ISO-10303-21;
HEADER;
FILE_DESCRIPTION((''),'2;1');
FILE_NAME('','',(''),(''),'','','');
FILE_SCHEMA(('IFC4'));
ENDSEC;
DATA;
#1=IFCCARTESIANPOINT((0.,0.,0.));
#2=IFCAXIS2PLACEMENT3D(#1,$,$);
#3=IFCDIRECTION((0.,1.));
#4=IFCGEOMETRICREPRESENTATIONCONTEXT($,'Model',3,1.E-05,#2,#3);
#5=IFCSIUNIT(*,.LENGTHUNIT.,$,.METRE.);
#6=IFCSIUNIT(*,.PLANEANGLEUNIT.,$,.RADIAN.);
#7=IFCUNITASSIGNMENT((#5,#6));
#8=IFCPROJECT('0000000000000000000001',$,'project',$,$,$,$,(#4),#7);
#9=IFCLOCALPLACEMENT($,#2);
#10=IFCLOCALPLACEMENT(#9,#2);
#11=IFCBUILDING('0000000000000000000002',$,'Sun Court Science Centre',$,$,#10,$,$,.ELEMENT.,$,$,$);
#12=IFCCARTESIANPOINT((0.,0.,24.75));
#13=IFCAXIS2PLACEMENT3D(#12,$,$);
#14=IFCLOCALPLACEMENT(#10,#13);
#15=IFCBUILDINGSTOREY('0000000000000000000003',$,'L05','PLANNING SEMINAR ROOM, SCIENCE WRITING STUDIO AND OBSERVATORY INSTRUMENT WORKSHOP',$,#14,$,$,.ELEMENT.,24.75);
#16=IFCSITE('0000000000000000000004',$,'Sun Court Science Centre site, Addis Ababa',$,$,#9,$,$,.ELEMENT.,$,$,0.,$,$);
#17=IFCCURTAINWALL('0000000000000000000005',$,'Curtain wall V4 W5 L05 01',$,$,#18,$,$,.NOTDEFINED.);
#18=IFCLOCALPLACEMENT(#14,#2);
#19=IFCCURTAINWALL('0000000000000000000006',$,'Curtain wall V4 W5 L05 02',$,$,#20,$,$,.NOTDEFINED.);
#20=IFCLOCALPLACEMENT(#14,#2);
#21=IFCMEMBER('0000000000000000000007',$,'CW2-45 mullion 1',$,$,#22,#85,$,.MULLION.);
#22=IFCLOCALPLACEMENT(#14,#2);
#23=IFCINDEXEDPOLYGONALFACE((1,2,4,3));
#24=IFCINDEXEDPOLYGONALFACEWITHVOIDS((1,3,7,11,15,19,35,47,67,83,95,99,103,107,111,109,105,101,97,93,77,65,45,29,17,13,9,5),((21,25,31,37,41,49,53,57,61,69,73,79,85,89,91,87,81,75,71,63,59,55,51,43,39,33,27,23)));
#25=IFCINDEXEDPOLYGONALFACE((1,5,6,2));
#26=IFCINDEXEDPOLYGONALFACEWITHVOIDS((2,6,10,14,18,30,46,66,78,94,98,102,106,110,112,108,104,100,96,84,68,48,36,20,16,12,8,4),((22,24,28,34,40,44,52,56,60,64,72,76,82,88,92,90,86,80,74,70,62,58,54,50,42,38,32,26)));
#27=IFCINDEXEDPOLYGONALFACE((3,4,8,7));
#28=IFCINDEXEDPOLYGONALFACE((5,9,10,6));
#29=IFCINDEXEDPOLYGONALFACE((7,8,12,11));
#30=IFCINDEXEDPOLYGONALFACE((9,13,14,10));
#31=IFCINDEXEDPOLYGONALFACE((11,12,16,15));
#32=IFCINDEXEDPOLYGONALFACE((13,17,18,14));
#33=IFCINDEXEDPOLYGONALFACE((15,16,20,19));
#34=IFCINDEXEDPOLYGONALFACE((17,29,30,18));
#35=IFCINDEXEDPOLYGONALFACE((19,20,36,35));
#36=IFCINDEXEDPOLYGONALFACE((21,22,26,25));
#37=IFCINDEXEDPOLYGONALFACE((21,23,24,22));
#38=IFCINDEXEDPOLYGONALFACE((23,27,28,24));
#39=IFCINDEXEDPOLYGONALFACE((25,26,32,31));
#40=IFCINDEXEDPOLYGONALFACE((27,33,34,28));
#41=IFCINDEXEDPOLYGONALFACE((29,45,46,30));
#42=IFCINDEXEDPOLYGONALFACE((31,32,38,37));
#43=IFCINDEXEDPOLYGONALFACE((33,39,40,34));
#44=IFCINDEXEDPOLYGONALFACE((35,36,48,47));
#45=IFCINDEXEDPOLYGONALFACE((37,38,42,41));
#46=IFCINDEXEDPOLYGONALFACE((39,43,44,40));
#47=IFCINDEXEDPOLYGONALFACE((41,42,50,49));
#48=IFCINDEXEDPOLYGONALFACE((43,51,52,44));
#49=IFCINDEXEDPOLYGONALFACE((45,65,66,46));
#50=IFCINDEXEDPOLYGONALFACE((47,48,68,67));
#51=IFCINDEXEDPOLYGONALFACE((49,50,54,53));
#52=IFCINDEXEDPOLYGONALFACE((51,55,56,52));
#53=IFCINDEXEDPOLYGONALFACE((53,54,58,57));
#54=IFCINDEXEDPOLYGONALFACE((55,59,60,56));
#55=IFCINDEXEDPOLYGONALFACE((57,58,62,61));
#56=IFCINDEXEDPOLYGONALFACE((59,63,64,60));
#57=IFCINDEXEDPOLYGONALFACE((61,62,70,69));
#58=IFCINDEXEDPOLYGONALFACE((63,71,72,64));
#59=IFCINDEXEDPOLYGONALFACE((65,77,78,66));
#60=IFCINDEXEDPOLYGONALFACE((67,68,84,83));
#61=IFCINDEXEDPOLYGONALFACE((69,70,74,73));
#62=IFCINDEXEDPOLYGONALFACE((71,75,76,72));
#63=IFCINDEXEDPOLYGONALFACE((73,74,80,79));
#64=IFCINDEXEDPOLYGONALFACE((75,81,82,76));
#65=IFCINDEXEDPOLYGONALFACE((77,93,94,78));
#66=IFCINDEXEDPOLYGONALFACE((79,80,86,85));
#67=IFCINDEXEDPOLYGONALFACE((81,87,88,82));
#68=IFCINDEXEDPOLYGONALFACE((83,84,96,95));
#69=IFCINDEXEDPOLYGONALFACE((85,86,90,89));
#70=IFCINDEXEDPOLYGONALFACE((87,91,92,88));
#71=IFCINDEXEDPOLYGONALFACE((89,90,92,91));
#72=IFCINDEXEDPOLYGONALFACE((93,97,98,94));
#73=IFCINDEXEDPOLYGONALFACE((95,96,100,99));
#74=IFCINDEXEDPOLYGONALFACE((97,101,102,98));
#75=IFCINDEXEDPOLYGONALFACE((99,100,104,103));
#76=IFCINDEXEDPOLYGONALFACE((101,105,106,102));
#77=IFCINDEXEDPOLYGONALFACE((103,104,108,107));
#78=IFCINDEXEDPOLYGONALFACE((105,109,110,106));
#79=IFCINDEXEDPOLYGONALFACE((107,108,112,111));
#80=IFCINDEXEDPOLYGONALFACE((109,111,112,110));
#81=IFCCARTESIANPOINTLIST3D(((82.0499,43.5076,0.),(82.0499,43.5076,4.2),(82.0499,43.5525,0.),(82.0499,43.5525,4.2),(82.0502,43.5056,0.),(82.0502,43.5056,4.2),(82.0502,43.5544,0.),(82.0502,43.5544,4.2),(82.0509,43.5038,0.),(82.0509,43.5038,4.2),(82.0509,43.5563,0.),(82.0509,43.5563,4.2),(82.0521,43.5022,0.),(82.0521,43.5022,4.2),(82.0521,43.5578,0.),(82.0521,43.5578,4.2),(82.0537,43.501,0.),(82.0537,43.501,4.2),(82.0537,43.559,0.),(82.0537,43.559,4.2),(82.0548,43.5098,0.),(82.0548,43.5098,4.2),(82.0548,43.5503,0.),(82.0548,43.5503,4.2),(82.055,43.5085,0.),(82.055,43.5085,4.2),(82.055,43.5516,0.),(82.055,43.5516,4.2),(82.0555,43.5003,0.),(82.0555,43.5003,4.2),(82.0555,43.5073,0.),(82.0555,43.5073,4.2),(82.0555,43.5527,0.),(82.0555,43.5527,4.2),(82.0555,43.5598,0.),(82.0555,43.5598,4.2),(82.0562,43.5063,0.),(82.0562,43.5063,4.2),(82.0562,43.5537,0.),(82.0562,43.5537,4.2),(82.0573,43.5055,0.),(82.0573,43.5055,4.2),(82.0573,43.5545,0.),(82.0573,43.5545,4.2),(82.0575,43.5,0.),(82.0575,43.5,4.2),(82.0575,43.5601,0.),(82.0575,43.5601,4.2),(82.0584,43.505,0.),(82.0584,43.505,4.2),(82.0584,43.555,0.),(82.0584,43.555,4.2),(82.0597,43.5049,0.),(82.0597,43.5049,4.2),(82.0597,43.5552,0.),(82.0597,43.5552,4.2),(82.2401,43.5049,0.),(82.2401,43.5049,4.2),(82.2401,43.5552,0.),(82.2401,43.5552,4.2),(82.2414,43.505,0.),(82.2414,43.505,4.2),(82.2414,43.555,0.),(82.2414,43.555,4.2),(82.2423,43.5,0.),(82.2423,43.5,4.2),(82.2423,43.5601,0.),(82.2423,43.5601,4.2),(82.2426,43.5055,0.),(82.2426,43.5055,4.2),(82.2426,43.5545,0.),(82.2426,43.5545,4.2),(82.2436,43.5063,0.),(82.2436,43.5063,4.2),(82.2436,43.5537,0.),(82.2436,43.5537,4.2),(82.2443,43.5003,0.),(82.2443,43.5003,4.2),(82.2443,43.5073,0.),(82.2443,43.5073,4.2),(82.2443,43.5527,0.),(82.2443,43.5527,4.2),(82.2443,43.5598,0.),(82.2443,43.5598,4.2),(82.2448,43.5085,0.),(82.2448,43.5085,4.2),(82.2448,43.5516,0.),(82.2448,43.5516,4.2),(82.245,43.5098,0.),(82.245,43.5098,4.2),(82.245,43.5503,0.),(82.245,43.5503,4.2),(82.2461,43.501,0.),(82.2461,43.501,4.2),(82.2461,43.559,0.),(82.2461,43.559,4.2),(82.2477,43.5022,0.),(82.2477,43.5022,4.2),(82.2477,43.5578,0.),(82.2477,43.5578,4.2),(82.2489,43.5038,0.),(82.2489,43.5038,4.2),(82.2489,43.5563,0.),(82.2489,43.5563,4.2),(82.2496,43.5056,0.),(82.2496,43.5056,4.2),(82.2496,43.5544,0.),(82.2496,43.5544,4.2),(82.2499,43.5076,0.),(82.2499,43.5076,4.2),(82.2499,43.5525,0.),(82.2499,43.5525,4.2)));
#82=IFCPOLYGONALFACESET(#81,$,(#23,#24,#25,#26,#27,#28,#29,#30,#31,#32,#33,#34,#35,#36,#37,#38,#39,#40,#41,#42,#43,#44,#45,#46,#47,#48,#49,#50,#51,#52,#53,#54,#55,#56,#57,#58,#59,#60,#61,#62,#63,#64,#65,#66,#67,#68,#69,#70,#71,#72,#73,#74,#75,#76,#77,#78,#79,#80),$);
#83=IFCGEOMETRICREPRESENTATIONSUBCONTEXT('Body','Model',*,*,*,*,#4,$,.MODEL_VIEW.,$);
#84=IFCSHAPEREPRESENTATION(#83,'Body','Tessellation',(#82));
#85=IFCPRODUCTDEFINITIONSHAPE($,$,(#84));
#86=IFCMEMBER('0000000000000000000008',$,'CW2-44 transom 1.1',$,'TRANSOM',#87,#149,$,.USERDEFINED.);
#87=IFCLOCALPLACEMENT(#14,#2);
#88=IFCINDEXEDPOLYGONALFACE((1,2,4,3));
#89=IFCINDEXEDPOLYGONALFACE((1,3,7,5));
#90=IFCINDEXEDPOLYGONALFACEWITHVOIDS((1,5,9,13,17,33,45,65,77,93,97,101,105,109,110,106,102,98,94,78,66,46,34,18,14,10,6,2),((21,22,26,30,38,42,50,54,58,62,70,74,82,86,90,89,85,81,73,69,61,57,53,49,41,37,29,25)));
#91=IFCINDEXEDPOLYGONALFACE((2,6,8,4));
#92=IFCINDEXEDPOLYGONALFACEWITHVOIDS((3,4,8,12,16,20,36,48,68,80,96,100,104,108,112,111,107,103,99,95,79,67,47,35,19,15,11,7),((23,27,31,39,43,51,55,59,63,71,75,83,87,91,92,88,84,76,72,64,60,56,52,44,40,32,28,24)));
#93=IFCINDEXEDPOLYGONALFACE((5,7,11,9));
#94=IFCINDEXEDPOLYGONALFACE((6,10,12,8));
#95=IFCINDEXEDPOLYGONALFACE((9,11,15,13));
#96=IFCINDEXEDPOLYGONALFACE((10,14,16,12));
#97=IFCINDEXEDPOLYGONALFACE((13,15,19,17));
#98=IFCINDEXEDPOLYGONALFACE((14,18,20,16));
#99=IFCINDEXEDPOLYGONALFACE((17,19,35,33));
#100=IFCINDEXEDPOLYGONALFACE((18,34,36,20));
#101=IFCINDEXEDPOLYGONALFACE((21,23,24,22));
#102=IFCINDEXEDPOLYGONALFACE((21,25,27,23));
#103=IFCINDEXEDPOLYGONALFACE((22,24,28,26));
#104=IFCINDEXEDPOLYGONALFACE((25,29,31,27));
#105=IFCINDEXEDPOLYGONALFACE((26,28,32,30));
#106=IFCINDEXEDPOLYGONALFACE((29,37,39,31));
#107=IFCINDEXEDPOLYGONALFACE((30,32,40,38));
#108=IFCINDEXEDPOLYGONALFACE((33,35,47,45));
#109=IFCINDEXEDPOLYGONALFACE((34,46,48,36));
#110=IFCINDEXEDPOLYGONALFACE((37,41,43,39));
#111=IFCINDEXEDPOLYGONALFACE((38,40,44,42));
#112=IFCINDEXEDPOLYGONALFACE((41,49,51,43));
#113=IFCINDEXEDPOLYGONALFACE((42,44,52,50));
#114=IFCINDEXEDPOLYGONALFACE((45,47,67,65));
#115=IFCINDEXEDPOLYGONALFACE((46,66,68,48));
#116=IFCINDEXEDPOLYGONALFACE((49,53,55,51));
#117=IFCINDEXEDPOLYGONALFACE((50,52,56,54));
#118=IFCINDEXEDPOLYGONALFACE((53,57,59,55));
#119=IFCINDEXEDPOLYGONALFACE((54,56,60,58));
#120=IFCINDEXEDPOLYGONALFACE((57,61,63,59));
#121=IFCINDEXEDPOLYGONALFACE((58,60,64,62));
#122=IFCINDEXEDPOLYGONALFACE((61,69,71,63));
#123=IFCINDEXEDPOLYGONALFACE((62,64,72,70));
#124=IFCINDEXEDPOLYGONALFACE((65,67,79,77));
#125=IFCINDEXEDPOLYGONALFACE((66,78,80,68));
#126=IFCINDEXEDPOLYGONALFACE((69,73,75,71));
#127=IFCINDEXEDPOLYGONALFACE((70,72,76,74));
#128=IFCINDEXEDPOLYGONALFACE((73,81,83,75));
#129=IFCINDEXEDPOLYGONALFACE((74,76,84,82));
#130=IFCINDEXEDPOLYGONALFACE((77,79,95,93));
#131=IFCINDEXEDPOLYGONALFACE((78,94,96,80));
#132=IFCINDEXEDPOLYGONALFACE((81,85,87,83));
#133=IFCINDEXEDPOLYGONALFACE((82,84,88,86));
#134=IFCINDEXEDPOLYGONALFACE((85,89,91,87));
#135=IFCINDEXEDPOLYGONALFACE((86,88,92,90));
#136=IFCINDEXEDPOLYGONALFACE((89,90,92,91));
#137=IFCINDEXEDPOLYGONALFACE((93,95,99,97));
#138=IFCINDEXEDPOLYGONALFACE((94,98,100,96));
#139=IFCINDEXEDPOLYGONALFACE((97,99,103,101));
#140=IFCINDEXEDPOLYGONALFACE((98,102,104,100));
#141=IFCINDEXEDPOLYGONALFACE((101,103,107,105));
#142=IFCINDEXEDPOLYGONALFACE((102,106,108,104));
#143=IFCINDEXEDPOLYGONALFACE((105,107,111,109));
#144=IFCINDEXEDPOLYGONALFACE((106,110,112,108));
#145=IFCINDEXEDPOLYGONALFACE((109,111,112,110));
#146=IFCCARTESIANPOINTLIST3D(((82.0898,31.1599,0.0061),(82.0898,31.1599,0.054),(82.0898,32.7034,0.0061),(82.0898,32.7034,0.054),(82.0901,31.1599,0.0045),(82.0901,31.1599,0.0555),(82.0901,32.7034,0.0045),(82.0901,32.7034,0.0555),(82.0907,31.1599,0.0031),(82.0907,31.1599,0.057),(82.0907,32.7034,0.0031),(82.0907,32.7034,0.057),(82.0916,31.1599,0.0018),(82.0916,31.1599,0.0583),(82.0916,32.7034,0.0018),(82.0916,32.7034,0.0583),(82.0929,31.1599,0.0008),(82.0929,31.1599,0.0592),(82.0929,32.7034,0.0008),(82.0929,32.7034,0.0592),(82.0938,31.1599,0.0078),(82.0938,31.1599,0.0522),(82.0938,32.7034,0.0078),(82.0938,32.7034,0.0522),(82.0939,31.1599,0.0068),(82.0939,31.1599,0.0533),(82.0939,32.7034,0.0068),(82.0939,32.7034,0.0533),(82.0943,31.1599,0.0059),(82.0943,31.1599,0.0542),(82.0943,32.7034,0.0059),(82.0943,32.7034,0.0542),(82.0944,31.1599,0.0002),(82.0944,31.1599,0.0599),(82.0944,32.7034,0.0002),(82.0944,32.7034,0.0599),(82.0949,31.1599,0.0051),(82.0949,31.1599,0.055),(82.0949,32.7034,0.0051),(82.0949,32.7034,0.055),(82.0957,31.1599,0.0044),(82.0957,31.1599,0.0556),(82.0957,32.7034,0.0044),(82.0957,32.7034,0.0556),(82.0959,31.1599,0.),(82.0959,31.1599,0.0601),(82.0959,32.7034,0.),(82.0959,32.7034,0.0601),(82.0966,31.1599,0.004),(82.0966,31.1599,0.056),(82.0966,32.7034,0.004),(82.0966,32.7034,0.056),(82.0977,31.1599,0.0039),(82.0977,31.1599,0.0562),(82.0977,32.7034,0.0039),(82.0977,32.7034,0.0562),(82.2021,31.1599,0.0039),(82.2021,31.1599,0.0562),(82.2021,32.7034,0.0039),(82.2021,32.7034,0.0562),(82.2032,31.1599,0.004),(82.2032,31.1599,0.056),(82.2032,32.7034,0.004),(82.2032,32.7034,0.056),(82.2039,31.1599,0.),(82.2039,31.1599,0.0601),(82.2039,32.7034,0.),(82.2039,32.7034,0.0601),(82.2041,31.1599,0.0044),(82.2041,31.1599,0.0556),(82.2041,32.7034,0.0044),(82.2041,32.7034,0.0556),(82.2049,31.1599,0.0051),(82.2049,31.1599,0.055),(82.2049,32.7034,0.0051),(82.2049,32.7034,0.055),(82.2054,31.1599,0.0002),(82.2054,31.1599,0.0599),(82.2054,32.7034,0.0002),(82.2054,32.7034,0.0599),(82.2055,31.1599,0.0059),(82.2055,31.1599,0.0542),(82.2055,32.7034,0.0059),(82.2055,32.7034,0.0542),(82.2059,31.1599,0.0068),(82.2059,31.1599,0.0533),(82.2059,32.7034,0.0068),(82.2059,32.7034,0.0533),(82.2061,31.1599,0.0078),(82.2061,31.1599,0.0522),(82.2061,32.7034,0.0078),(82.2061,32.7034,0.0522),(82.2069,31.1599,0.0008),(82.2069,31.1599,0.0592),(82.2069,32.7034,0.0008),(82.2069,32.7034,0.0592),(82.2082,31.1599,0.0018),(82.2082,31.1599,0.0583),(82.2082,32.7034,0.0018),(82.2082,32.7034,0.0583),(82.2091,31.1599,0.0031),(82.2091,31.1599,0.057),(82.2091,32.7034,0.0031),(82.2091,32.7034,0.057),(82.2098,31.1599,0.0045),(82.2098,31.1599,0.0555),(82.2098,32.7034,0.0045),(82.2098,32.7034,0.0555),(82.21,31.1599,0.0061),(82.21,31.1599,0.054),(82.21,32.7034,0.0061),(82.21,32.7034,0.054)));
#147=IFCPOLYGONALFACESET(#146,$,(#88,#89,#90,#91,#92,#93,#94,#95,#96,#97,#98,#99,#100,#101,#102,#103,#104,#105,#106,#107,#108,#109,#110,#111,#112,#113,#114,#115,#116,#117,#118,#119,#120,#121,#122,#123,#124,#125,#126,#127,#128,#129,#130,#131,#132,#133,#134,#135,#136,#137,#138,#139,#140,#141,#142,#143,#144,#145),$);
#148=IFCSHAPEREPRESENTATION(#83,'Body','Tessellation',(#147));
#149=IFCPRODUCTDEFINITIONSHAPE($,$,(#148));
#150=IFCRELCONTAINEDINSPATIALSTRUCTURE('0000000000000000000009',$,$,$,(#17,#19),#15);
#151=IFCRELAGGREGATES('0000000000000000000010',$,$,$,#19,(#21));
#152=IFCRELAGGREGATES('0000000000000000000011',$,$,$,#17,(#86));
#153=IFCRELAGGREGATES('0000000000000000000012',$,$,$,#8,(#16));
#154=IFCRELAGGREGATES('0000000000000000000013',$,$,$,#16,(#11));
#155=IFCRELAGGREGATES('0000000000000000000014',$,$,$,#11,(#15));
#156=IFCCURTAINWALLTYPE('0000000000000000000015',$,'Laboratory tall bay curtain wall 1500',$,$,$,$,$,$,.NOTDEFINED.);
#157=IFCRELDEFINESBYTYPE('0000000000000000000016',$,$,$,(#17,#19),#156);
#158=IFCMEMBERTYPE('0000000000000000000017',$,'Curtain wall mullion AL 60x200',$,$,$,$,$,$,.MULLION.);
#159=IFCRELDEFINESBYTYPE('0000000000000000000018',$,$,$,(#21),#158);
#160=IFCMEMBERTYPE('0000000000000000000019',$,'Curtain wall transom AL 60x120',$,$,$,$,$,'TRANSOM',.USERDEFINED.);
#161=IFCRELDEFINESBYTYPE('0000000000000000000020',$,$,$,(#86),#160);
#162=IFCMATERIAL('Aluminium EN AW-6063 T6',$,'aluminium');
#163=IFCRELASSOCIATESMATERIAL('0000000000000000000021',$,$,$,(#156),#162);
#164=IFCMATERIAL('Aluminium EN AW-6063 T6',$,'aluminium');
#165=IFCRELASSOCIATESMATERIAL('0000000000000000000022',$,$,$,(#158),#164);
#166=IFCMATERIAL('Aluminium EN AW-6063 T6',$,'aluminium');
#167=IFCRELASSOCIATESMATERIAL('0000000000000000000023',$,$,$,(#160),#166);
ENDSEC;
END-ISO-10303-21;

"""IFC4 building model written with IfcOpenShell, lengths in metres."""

from ifc_helpers import new_model, si_unit, direction, frame, origin, origin_2d, place, context, subcontext, project, spatial, hollow_rectangle, extrude, material, material_profile, profile_set, type_object, element, aggregate, save


model = new_model("IFC4")

# Units and contexts
model_context = context("Model", 3, precision=1e-05, world=origin(), true_north=direction((0.0, 1.0)))
body_context = subcontext(model_context, "Body", "Model", "MODEL_VIEW")
ifc_project = project(units=[si_unit("LENGTHUNIT", "METRE"), si_unit("PLANEANGLEUNIT", "RADIAN")], contexts=[model_context])

# Site, building, storey
site_placement = place(None, origin())
site = spatial("IfcSite", under=ifc_project, at=site_placement, Name="Sun Court Science Centre site, Addis Ababa", CompositionType="ELEMENT", RefElevation=0.0)
building_placement = place(site_placement, origin())
building = spatial("IfcBuilding", under=site, at=building_placement, Name="Sun Court Science Centre", CompositionType="ELEMENT")
storey_placement = place(building_placement, frame((0.0, 0.0, 24.75)))
storey = spatial("IfcBuildingStorey", under=building, at=storey_placement, Name="L05", Description="PLANNING SEMINAR ROOM, SCIENCE WRITING STUDIO AND OBSERVATORY INSTRUMENT WORKSHOP", CompositionType="ELEMENT", Elevation=24.75)

# Curtain wall
ifc_material_1 = material(Name="Aluminium EN AW-6063 T6", Category="aluminium")
curtain_wall_type = type_object("IfcCurtainWallType", Name="Laboratory tall bay curtain wall 1500", PredefinedType="NOTDEFINED", material=ifc_material_1)
curtain_wall_1_placement = place(storey_placement, origin())
curtain_wall_1 = element("IfcCurtainWall", 1, at=curtain_wall_1_placement, inside=storey, type_object=curtain_wall_type, Name="Curtain wall V4 W5 L05 01", PredefinedType="NOTDEFINED")
ifc_material_2 = material(Name="Aluminium EN AW-6063 T6", Category="aluminium")
ifc_material_profile_1 = material_profile(ifc_material_2, hollow_rectangle(XDim=0.0601, YDim=0.2, WallThickness=0.0049, InnerFilletRadius=0.0049, OuterFilletRadius=0.0076, at=origin_2d()), Name="AL 60x200x5")
ifc_profile_set_1 = profile_set([ifc_material_profile_1], Name="Aluminium EN AW-6063 T6")
member_type_1 = type_object("IfcMemberType", Name="Curtain wall mullion AL 60x200", PredefinedType="MULLION", material=ifc_profile_set_1)

# Curtain wall, member
curtain_wall_2_placement = place(storey_placement, origin())
curtain_wall_2 = element("IfcCurtainWall", 2, at=curtain_wall_2_placement, inside=storey, type_object=curtain_wall_type, Name="Curtain wall V4 W5 L05 02", PredefinedType="NOTDEFINED")
member_1_placement = place(storey_placement, frame((82.1499, 43.53, 0.0), z_axis=(0.0, 0.0, 1.0), x_axis=(0.0, 1.0, 0.0)))
member_1 = element("IfcMember", 3, at=member_1_placement, type_object=member_type_1, Name="CW2-45 mullion 1", PredefinedType="MULLION", context=body_context, shape_type="SweptSolid", body=[
    extrude(hollow_rectangle(XDim=0.0601, YDim=0.2, WallThickness=0.0049, InnerFilletRadius=0.0049, OuterFilletRadius=0.0076, at=origin_2d()), origin(), (0.0, 0.0, 1.0), 4.2),
])
aggregate(curtain_wall_2, [member_1])

# Member
ifc_material_3 = material(Name="Aluminium EN AW-6063 T6", Category="aluminium")
ifc_material_profile_2 = material_profile(ifc_material_3, hollow_rectangle(XDim=0.0601, YDim=0.1201, WallThickness=0.0039, InnerFilletRadius=0.0039, OuterFilletRadius=0.0061, at=origin_2d()), Name="AL 60x120x4")
ifc_profile_set_2 = profile_set([ifc_material_profile_2], Name="Aluminium EN AW-6063 T6")
member_type_2 = type_object("IfcMemberType", Name="Curtain wall transom AL 60x120", ElementType="TRANSOM", PredefinedType="USERDEFINED", material=ifc_profile_set_2)
member_2_placement = place(storey_placement, frame((82.1499, 31.1599, 0.03), z_axis=(0.0, 1.0, 0.0), x_axis=(0.0, 0.0, 1.0)))
member_2 = element("IfcMember", 4, at=member_2_placement, type_object=member_type_2, Name="CW2-44 transom 1.1", ObjectType="TRANSOM", PredefinedType="USERDEFINED", context=body_context, shape_type="SweptSolid", body=[
    extrude(hollow_rectangle(XDim=0.0601, YDim=0.1201, WallThickness=0.0039, InnerFilletRadius=0.0039, OuterFilletRadius=0.0061, at=origin_2d()), origin(), (0.0, 0.0, 1.0), 1.5435),
])

aggregate(curtain_wall_1, [member_2])

save(model, "model.ifc")
